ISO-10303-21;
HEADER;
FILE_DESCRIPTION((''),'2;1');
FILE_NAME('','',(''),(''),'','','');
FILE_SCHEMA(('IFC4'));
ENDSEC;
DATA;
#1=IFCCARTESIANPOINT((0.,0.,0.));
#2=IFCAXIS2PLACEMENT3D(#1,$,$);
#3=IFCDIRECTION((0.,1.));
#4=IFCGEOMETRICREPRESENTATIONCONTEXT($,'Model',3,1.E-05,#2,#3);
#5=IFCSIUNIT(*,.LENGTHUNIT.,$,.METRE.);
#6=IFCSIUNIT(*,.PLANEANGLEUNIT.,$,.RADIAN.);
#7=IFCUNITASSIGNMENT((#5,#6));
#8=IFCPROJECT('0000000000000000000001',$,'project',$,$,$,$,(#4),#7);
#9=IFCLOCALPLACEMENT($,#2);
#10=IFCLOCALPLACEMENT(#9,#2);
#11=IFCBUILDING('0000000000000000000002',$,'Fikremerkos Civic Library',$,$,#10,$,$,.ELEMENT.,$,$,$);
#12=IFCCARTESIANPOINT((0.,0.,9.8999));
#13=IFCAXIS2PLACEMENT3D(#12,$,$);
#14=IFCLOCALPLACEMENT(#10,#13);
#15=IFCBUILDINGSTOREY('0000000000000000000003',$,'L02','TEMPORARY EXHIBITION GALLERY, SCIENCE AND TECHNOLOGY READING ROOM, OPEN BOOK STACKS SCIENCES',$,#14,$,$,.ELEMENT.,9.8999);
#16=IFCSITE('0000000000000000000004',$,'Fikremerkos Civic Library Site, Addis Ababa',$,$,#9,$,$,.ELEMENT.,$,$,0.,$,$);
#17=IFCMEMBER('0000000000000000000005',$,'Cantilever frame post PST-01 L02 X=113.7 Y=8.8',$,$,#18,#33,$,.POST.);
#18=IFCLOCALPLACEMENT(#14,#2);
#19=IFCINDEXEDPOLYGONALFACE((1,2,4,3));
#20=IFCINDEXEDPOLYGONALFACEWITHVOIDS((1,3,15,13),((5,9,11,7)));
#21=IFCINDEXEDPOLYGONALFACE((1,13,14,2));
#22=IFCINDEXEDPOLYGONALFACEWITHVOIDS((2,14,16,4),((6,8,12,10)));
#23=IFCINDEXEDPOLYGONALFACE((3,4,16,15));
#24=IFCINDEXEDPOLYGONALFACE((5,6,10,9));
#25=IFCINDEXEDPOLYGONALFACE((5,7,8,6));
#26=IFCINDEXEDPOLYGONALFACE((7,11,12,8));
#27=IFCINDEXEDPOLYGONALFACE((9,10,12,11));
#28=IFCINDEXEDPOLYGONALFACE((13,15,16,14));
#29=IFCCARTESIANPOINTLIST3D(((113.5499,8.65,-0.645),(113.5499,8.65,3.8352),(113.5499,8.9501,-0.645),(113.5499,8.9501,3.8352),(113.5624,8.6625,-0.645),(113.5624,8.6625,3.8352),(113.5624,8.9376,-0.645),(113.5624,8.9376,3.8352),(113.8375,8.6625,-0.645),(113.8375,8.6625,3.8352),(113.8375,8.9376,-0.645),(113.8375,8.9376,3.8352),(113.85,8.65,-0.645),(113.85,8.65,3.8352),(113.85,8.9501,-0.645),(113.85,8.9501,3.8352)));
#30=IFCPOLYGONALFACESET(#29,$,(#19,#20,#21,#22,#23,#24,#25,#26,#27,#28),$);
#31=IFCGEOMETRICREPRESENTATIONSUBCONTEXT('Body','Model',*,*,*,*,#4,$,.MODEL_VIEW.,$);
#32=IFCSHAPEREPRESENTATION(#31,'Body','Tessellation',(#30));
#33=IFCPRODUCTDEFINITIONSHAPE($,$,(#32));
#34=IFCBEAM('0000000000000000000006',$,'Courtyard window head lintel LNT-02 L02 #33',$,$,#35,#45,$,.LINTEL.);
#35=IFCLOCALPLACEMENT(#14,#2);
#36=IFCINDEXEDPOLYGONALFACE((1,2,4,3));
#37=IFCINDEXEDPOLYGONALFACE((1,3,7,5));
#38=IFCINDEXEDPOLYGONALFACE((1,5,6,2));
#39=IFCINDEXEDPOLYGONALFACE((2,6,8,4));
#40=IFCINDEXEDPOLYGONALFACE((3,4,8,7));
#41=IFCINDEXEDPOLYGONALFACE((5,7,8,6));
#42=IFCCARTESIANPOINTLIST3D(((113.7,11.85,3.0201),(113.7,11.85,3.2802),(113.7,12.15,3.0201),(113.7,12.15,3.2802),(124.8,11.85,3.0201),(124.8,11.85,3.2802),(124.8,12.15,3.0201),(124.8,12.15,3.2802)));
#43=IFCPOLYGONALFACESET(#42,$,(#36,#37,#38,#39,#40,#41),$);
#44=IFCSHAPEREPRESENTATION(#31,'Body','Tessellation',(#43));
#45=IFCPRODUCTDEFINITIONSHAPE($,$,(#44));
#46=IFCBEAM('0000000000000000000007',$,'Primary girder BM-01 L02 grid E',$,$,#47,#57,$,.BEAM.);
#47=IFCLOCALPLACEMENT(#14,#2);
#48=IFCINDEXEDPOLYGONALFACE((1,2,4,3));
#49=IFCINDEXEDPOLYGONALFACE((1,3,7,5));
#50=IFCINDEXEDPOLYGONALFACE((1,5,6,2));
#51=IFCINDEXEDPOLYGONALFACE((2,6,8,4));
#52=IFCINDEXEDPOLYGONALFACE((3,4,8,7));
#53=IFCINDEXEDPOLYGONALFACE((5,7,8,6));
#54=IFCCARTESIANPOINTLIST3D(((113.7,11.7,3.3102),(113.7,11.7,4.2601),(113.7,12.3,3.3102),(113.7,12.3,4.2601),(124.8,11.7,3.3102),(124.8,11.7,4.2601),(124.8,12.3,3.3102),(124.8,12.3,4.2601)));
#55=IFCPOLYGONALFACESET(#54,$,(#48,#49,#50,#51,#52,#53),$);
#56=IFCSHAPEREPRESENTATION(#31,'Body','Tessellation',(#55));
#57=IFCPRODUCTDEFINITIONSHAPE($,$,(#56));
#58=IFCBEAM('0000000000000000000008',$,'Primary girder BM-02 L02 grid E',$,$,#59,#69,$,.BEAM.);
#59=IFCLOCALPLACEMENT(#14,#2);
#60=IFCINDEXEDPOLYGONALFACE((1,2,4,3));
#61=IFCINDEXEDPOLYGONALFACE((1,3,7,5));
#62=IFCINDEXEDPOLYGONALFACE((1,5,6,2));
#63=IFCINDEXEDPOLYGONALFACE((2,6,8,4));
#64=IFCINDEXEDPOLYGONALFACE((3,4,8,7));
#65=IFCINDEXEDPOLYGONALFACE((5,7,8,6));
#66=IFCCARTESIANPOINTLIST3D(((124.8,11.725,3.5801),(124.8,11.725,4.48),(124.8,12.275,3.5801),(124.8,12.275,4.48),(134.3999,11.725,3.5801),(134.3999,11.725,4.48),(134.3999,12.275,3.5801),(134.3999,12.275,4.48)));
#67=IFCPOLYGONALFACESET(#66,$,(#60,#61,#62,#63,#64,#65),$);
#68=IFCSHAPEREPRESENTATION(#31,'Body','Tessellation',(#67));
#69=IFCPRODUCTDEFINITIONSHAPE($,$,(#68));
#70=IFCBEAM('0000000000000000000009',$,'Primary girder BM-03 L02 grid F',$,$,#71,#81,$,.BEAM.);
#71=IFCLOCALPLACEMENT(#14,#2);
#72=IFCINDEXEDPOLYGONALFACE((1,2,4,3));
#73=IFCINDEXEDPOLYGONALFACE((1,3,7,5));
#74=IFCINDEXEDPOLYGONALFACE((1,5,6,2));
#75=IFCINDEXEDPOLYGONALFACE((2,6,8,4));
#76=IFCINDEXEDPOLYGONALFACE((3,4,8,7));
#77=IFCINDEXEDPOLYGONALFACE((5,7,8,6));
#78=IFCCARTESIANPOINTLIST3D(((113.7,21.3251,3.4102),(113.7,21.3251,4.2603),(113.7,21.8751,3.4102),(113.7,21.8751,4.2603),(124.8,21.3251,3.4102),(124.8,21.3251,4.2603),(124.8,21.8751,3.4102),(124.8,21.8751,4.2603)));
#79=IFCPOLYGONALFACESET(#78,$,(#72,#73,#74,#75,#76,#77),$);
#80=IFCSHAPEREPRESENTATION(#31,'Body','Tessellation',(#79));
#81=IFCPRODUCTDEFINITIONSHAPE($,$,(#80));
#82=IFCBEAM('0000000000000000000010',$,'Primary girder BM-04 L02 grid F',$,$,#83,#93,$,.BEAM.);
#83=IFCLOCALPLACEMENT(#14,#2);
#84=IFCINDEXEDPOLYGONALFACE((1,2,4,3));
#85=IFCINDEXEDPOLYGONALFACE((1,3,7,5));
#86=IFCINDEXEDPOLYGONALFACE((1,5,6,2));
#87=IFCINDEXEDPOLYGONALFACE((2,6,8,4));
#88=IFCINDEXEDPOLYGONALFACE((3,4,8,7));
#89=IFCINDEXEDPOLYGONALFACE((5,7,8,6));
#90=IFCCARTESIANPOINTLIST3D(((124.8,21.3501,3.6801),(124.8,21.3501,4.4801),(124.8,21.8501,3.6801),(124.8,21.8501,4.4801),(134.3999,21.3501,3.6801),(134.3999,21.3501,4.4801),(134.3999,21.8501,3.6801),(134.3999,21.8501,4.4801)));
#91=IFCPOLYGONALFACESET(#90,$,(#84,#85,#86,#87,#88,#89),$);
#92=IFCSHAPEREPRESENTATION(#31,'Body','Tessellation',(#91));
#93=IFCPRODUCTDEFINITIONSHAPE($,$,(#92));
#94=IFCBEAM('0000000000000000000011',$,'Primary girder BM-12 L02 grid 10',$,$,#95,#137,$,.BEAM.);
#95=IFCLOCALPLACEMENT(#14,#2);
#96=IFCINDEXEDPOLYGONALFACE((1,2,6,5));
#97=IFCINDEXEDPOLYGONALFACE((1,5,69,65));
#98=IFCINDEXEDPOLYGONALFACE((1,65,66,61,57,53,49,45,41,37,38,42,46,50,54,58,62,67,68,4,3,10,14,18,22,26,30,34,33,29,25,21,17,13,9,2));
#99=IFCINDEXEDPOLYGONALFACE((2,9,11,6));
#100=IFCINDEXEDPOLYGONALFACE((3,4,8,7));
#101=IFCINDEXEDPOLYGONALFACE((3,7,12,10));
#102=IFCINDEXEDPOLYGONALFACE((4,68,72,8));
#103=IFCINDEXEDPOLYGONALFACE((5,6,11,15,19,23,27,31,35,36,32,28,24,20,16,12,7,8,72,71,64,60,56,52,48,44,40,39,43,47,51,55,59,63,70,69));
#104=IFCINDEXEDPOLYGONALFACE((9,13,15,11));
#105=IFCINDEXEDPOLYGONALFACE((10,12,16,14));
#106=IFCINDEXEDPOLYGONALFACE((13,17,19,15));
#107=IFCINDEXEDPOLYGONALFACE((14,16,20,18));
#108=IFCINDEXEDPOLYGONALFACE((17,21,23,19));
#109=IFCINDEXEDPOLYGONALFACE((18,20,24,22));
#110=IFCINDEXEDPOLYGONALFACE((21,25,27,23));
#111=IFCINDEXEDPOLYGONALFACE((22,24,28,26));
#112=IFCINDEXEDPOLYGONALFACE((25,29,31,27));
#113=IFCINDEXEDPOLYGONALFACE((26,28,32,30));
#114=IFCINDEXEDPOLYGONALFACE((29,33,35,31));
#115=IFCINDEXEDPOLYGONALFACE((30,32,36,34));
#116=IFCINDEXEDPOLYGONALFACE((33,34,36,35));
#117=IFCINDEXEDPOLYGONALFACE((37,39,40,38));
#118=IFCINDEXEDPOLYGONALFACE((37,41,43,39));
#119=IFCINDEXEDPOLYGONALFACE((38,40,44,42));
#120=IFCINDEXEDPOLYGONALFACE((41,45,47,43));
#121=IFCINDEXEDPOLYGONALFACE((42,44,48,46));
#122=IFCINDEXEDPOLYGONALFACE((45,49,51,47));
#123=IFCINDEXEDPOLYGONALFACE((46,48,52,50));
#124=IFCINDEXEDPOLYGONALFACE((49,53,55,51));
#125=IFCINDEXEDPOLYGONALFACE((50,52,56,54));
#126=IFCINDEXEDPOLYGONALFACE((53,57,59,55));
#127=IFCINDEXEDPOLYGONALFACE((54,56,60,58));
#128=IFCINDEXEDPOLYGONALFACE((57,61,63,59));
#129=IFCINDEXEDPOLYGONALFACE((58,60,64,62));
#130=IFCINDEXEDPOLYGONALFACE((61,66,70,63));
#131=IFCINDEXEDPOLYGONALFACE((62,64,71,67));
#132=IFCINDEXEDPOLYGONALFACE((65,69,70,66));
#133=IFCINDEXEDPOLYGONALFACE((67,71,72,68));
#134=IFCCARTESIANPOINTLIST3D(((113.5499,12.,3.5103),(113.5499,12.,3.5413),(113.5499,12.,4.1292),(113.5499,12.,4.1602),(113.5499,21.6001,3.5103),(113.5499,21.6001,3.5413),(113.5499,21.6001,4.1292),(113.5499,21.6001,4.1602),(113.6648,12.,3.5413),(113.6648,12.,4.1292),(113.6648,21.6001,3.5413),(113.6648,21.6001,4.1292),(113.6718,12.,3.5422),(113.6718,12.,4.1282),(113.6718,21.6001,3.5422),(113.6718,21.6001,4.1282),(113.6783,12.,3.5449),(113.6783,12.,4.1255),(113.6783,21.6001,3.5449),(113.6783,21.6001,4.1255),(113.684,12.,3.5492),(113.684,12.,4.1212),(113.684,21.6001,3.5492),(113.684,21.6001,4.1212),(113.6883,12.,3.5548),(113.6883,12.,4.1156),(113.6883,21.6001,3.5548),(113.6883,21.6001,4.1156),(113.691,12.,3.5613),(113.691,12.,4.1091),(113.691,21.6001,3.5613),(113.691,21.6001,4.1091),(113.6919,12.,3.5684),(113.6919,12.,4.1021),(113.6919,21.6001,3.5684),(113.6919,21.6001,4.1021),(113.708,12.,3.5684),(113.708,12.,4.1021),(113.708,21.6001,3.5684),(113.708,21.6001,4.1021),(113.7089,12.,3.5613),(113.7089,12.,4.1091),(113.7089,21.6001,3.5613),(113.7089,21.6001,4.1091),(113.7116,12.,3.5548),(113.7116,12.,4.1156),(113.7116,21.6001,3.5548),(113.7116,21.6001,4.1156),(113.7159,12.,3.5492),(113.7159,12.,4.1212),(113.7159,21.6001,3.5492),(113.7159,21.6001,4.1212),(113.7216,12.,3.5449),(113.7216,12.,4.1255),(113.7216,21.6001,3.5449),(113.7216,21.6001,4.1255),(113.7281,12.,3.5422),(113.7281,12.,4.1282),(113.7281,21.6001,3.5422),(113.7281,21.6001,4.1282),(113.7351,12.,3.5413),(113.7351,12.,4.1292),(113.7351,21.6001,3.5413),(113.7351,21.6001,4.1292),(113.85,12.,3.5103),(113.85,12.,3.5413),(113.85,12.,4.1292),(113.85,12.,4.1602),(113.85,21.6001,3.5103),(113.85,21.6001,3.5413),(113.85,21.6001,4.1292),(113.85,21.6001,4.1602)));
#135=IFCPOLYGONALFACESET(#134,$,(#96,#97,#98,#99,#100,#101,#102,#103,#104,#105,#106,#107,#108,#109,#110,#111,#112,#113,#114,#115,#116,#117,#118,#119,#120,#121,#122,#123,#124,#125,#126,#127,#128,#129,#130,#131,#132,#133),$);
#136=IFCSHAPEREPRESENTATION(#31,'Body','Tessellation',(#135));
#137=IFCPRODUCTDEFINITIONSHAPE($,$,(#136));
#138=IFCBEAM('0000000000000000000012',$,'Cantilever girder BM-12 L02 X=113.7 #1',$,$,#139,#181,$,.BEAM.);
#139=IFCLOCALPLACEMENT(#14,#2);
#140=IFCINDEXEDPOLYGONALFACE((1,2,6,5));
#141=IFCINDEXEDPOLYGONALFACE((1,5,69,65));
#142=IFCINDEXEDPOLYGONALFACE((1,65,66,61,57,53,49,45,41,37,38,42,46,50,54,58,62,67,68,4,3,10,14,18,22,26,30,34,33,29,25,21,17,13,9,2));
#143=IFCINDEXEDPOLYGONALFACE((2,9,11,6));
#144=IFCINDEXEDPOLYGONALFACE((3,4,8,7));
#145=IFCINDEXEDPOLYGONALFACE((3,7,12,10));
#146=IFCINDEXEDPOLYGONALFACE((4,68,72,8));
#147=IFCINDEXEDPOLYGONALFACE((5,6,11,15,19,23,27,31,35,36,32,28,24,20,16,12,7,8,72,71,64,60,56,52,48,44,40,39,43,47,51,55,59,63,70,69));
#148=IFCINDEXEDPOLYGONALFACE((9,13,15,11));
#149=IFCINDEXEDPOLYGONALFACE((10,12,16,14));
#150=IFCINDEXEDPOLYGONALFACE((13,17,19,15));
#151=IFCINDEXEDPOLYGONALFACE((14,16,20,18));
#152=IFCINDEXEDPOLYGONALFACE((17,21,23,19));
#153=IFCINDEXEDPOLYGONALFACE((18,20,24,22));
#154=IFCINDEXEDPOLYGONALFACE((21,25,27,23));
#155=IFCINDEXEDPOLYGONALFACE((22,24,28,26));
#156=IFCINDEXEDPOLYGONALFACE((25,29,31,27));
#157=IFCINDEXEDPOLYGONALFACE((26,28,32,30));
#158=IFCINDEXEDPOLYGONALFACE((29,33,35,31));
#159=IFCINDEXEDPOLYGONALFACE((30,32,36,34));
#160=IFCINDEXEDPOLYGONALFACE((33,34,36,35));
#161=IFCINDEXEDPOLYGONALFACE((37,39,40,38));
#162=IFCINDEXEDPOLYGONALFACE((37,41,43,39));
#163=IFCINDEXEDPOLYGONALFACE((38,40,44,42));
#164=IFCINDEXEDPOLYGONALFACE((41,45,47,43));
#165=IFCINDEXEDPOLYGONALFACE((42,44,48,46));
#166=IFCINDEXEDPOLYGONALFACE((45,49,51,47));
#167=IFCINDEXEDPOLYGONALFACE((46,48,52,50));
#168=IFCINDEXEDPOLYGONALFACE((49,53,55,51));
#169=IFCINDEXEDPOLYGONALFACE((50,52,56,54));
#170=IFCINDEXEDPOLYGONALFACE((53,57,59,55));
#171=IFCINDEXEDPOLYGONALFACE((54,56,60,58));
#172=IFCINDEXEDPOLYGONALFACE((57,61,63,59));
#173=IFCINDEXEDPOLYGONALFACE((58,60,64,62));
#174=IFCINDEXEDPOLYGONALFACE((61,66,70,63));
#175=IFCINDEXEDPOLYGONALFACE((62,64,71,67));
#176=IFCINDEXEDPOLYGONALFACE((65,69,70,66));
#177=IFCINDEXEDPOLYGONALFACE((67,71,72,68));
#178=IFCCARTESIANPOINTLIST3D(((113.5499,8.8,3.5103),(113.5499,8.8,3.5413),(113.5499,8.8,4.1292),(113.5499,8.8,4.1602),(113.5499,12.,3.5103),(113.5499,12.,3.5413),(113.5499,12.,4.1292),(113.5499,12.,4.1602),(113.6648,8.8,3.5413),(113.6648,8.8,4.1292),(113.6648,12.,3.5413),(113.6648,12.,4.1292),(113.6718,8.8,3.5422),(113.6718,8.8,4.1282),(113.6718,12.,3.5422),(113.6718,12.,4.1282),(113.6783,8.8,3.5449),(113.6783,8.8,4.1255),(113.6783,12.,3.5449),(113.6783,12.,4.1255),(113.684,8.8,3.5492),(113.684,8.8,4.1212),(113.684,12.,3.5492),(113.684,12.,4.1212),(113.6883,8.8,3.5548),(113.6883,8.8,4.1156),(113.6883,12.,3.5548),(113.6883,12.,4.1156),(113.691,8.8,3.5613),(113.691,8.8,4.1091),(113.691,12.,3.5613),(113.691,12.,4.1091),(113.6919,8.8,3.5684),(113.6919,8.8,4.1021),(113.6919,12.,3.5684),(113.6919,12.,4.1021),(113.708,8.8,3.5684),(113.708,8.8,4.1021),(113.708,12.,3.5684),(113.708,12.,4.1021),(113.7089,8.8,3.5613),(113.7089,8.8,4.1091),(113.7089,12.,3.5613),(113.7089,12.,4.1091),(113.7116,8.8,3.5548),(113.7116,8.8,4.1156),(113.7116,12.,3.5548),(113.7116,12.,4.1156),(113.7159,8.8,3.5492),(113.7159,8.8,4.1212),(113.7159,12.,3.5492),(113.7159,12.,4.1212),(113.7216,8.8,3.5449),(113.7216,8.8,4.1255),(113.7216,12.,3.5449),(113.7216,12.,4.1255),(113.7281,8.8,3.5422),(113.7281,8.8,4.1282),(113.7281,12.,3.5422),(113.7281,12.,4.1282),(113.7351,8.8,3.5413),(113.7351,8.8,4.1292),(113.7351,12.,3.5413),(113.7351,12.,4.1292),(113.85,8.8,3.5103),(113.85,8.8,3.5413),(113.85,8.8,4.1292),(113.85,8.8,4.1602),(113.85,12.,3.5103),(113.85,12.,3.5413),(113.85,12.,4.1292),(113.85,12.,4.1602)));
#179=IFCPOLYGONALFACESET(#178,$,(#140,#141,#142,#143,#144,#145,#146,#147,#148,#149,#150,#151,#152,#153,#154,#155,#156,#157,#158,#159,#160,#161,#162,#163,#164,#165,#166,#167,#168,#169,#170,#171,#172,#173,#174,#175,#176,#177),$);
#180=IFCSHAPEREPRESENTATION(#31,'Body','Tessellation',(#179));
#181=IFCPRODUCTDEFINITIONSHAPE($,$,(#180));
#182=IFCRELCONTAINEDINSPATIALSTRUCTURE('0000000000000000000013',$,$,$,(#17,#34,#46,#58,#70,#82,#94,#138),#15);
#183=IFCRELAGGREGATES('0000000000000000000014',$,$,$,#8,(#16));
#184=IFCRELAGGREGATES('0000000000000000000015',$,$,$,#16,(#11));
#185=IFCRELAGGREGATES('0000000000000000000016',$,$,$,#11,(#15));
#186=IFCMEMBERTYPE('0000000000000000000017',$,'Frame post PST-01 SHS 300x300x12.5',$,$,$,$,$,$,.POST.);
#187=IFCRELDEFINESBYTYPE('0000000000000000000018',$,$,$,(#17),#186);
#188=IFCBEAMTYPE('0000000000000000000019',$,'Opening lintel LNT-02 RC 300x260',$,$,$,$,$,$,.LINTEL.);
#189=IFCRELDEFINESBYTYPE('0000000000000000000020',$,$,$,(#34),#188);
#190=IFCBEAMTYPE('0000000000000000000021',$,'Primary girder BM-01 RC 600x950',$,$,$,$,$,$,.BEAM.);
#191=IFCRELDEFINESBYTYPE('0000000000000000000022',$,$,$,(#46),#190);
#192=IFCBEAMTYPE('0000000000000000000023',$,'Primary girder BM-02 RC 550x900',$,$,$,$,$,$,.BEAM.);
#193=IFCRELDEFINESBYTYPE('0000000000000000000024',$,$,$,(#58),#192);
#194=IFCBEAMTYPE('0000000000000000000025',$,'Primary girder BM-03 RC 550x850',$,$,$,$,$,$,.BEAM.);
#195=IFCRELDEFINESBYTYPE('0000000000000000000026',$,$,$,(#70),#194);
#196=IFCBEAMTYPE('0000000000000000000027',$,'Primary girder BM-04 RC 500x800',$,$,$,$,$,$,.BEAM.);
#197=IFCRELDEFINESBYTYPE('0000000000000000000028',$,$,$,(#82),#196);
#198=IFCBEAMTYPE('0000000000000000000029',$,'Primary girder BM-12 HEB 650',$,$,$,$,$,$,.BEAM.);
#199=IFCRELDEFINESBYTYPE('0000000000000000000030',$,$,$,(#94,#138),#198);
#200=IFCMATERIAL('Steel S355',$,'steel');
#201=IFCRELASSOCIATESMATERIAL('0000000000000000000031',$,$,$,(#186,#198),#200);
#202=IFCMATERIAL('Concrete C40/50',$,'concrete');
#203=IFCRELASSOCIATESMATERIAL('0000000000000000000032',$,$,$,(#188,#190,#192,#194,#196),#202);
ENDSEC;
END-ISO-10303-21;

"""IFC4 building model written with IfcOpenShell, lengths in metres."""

from ifc_helpers import new_model, si_unit, direction, frame, origin, origin_2d, place, context, subcontext, project, spatial, rectangle, hollow_rectangle, i_section, extrude, material, material_profile, profile_set, type_object, element, save


model = new_model("IFC4")

# Units and contexts
model_context = context("Model", 3, precision=1e-05, world=origin(), true_north=direction((0.0, 1.0)))
body_context = subcontext(model_context, "Body", "Model", "MODEL_VIEW")
ifc_project = project(units=[si_unit("LENGTHUNIT", "METRE"), si_unit("PLANEANGLEUNIT", "RADIAN")], contexts=[model_context])

# Site, building, storey
site_placement = place(None, origin())
site = spatial("IfcSite", under=ifc_project, at=site_placement, Name="Fikremerkos Civic Library Site, Addis Ababa", CompositionType="ELEMENT", RefElevation=0.0)
building_placement = place(site_placement, origin())
building = spatial("IfcBuilding", under=site, at=building_placement, Name="Fikremerkos Civic Library", CompositionType="ELEMENT")
storey_placement = place(building_placement, frame((0.0, 0.0, 9.8999)))
storey = spatial("IfcBuildingStorey", under=building, at=storey_placement, Name="L02", Description="TEMPORARY EXHIBITION GALLERY, SCIENCE AND TECHNOLOGY READING ROOM, OPEN BOOK STACKS SCIENCES", CompositionType="ELEMENT", Elevation=9.8999)

# Shared definitions
ifc_material_1 = material(Name="Concrete C40/50", Category="concrete")
ifc_material_2 = material(Name="Steel S355", Category="steel")

# Member
ifc_material_profile_1 = material_profile(ifc_material_2, hollow_rectangle(XDim=0.3, YDim=0.3, WallThickness=0.0125, at=origin_2d()), Name="SHS 300x300x12.5")
ifc_profile_set_1 = profile_set([ifc_material_profile_1], Name="Steel S355")
member_type = type_object("IfcMemberType", Name="Frame post PST-01 SHS 300x300x12.5", PredefinedType="POST", material=ifc_profile_set_1)
member_placement = place(storey_placement, frame((113.7, 8.8, -0.645), z_axis=(0.0, 0.0, 1.0), x_axis=(1.0, 0.0, 0.0)))
element("IfcMember", 1, at=member_placement, inside=storey, type_object=member_type, Name="Cantilever frame post PST-01 L02 X=113.7 Y=8.8", PredefinedType="POST", context=body_context, shape_type="SweptSolid", body=[
    extrude(hollow_rectangle(XDim=0.3, YDim=0.3, WallThickness=0.0125, at=origin_2d()), origin(), (0.0, 0.0, 1.0), 4.4802),
])

# Beams
ifc_material_profile_2 = material_profile(ifc_material_1, rectangle(XDim=0.3, YDim=0.26, at=origin_2d()), Name="RC 300x260")
ifc_profile_set_2 = profile_set([ifc_material_profile_2], Name="Concrete C40/50")
beam_type_1 = type_object("IfcBeamType", Name="Opening lintel LNT-02 RC 300x260", PredefinedType="LINTEL", material=ifc_profile_set_2)
beam_1_placement = place(storey_placement, frame((124.8, 12.0, 3.1501), z_axis=(-1.0, 0.0, 0.0), x_axis=(0.0, -1.0, 0.0)))
element("IfcBeam", 2, at=beam_1_placement, inside=storey, type_object=beam_type_1, Name="Courtyard window head lintel LNT-02 L02 #33", PredefinedType="LINTEL", context=body_context, shape_type="SweptSolid", body=[
    extrude(rectangle(XDim=0.3, YDim=0.26, at=origin_2d()), origin(), (0.0, 0.0, 1.0), 11.1001),
])
ifc_material_profile_3 = material_profile(ifc_material_1, rectangle(XDim=0.6001, YDim=0.95, at=origin_2d()), Name="RC 600x950")
ifc_profile_set_3 = profile_set([ifc_material_profile_3], Name="Concrete C40/50")
beam_type_2 = type_object("IfcBeamType", Name="Primary girder BM-01 RC 600x950", PredefinedType="BEAM", material=ifc_profile_set_3)
beam_2_placement = place(storey_placement, frame((113.7, 12.0, 3.7852), z_axis=(1.0, 0.0, 0.0), x_axis=(0.0, 1.0, 0.0)))
element("IfcBeam", 3, at=beam_2_placement, inside=storey, type_object=beam_type_2, Name="Primary girder BM-01 L02 grid E", PredefinedType="BEAM", context=body_context, shape_type="SweptSolid", body=[
    extrude(rectangle(XDim=0.6001, YDim=0.95, at=origin_2d()), origin(), (0.0, 0.0, 1.0), 11.1001),
])
ifc_material_profile_4 = material_profile(ifc_material_1, rectangle(XDim=0.55, YDim=0.8999, at=origin_2d()), Name="RC 550x900")
ifc_profile_set_4 = profile_set([ifc_material_profile_4], Name="Concrete C40/50")
beam_type_3 = type_object("IfcBeamType", Name="Primary girder BM-02 RC 550x900", PredefinedType="BEAM", material=ifc_profile_set_4)
beam_3_placement = place(storey_placement, frame((124.8, 12.0, 4.03), z_axis=(1.0, 0.0, 0.0), x_axis=(0.0, 1.0, 0.0)))
element("IfcBeam", 4, at=beam_3_placement, inside=storey, type_object=beam_type_3, Name="Primary girder BM-02 L02 grid E", PredefinedType="BEAM", context=body_context, shape_type="SweptSolid", body=[
    extrude(rectangle(XDim=0.55, YDim=0.8999, at=origin_2d()), origin(), (0.0, 0.0, 1.0), 9.5999),
])
ifc_material_profile_5 = material_profile(ifc_material_1, rectangle(XDim=0.55, YDim=0.8501, at=origin_2d()), Name="RC 550x850")
ifc_profile_set_5 = profile_set([ifc_material_profile_5], Name="Concrete C40/50")
beam_type_4 = type_object("IfcBeamType", Name="Primary girder BM-03 RC 550x850", PredefinedType="BEAM", material=ifc_profile_set_5)
beam_4_placement = place(storey_placement, frame((113.7, 21.6001, 3.8352), z_axis=(1.0, 0.0, 0.0), x_axis=(0.0, 1.0, 0.0)))
element("IfcBeam", 5, at=beam_4_placement, inside=storey, type_object=beam_type_4, Name="Primary girder BM-03 L02 grid F", PredefinedType="BEAM", context=body_context, shape_type="SweptSolid", body=[
    extrude(rectangle(XDim=0.55, YDim=0.8501, at=origin_2d()), origin(), (0.0, 0.0, 1.0), 11.1001),
])
ifc_material_profile_6 = material_profile(ifc_material_1, rectangle(XDim=0.5, YDim=0.8, at=origin_2d()), Name="RC 500x800")
ifc_profile_set_6 = profile_set([ifc_material_profile_6], Name="Concrete C40/50")
beam_type_5 = type_object("IfcBeamType", Name="Primary girder BM-04 RC 500x800", PredefinedType="BEAM", material=ifc_profile_set_6)
beam_5_placement = place(storey_placement, frame((124.8, 21.6001, 4.0801), z_axis=(1.0, 0.0, 0.0), x_axis=(0.0, 1.0, 0.0)))
element("IfcBeam", 6, at=beam_5_placement, inside=storey, type_object=beam_type_5, Name="Primary girder BM-04 L02 grid F", PredefinedType="BEAM", context=body_context, shape_type="SweptSolid", body=[
    extrude(rectangle(XDim=0.5, YDim=0.8, at=origin_2d()), origin(), (0.0, 0.0, 1.0), 9.5999),
])
ifc_material_profile_7 = material_profile(ifc_material_2, i_section(OverallWidth=0.3, OverallDepth=0.6499, WebThickness=0.0161, FlangeThickness=0.031, FilletRadius=0.0271, at=origin_2d()), Name="HEB 650")
ifc_profile_set_7 = profile_set([ifc_material_profile_7], Name="Steel S355")
beam_type_6 = type_object("IfcBeamType", Name="Primary girder BM-12 HEB 650", PredefinedType="BEAM", material=ifc_profile_set_7)
beam_6_placement = place(storey_placement, frame((113.7, 12.0, 3.8352), z_axis=(0.0, 1.0, 0.0), x_axis=(-1.0, 0.0, 0.0)))
element("IfcBeam", 7, at=beam_6_placement, inside=storey, type_object=beam_type_6, Name="Primary girder BM-12 L02 grid 10", PredefinedType="BEAM", context=body_context, shape_type="SweptSolid", body=[
    extrude(i_section(OverallWidth=0.3, OverallDepth=0.6499, WebThickness=0.0161, FlangeThickness=0.031, FilletRadius=0.0271, at=origin_2d()), origin(), (0.0, 0.0, 1.0), 9.6001),
])
for number, where, z_axis, x_axis, name in (
    (8, (113.7, 12.0, 3.8352), (0.0, -1.0, 0.0), (1.0, 0.0, 0.0), "Cantilever girder BM-12 L02 X=113.7 #1"),
):
    element("IfcBeam", number, at=place(storey_placement, frame(where, z_axis=z_axis, x_axis=x_axis)), inside=storey, type_object=beam_type_6, Name=name, PredefinedType="BEAM", context=body_context, shape_type="SweptSolid", body=[
        extrude(i_section(OverallWidth=0.3, OverallDepth=0.6499, WebThickness=0.0161, FlangeThickness=0.031, FilletRadius=0.0271, at=origin_2d()), origin(), (0.0, 0.0, 1.0), 3.2),
    ])

save(model, "model.ifc")
